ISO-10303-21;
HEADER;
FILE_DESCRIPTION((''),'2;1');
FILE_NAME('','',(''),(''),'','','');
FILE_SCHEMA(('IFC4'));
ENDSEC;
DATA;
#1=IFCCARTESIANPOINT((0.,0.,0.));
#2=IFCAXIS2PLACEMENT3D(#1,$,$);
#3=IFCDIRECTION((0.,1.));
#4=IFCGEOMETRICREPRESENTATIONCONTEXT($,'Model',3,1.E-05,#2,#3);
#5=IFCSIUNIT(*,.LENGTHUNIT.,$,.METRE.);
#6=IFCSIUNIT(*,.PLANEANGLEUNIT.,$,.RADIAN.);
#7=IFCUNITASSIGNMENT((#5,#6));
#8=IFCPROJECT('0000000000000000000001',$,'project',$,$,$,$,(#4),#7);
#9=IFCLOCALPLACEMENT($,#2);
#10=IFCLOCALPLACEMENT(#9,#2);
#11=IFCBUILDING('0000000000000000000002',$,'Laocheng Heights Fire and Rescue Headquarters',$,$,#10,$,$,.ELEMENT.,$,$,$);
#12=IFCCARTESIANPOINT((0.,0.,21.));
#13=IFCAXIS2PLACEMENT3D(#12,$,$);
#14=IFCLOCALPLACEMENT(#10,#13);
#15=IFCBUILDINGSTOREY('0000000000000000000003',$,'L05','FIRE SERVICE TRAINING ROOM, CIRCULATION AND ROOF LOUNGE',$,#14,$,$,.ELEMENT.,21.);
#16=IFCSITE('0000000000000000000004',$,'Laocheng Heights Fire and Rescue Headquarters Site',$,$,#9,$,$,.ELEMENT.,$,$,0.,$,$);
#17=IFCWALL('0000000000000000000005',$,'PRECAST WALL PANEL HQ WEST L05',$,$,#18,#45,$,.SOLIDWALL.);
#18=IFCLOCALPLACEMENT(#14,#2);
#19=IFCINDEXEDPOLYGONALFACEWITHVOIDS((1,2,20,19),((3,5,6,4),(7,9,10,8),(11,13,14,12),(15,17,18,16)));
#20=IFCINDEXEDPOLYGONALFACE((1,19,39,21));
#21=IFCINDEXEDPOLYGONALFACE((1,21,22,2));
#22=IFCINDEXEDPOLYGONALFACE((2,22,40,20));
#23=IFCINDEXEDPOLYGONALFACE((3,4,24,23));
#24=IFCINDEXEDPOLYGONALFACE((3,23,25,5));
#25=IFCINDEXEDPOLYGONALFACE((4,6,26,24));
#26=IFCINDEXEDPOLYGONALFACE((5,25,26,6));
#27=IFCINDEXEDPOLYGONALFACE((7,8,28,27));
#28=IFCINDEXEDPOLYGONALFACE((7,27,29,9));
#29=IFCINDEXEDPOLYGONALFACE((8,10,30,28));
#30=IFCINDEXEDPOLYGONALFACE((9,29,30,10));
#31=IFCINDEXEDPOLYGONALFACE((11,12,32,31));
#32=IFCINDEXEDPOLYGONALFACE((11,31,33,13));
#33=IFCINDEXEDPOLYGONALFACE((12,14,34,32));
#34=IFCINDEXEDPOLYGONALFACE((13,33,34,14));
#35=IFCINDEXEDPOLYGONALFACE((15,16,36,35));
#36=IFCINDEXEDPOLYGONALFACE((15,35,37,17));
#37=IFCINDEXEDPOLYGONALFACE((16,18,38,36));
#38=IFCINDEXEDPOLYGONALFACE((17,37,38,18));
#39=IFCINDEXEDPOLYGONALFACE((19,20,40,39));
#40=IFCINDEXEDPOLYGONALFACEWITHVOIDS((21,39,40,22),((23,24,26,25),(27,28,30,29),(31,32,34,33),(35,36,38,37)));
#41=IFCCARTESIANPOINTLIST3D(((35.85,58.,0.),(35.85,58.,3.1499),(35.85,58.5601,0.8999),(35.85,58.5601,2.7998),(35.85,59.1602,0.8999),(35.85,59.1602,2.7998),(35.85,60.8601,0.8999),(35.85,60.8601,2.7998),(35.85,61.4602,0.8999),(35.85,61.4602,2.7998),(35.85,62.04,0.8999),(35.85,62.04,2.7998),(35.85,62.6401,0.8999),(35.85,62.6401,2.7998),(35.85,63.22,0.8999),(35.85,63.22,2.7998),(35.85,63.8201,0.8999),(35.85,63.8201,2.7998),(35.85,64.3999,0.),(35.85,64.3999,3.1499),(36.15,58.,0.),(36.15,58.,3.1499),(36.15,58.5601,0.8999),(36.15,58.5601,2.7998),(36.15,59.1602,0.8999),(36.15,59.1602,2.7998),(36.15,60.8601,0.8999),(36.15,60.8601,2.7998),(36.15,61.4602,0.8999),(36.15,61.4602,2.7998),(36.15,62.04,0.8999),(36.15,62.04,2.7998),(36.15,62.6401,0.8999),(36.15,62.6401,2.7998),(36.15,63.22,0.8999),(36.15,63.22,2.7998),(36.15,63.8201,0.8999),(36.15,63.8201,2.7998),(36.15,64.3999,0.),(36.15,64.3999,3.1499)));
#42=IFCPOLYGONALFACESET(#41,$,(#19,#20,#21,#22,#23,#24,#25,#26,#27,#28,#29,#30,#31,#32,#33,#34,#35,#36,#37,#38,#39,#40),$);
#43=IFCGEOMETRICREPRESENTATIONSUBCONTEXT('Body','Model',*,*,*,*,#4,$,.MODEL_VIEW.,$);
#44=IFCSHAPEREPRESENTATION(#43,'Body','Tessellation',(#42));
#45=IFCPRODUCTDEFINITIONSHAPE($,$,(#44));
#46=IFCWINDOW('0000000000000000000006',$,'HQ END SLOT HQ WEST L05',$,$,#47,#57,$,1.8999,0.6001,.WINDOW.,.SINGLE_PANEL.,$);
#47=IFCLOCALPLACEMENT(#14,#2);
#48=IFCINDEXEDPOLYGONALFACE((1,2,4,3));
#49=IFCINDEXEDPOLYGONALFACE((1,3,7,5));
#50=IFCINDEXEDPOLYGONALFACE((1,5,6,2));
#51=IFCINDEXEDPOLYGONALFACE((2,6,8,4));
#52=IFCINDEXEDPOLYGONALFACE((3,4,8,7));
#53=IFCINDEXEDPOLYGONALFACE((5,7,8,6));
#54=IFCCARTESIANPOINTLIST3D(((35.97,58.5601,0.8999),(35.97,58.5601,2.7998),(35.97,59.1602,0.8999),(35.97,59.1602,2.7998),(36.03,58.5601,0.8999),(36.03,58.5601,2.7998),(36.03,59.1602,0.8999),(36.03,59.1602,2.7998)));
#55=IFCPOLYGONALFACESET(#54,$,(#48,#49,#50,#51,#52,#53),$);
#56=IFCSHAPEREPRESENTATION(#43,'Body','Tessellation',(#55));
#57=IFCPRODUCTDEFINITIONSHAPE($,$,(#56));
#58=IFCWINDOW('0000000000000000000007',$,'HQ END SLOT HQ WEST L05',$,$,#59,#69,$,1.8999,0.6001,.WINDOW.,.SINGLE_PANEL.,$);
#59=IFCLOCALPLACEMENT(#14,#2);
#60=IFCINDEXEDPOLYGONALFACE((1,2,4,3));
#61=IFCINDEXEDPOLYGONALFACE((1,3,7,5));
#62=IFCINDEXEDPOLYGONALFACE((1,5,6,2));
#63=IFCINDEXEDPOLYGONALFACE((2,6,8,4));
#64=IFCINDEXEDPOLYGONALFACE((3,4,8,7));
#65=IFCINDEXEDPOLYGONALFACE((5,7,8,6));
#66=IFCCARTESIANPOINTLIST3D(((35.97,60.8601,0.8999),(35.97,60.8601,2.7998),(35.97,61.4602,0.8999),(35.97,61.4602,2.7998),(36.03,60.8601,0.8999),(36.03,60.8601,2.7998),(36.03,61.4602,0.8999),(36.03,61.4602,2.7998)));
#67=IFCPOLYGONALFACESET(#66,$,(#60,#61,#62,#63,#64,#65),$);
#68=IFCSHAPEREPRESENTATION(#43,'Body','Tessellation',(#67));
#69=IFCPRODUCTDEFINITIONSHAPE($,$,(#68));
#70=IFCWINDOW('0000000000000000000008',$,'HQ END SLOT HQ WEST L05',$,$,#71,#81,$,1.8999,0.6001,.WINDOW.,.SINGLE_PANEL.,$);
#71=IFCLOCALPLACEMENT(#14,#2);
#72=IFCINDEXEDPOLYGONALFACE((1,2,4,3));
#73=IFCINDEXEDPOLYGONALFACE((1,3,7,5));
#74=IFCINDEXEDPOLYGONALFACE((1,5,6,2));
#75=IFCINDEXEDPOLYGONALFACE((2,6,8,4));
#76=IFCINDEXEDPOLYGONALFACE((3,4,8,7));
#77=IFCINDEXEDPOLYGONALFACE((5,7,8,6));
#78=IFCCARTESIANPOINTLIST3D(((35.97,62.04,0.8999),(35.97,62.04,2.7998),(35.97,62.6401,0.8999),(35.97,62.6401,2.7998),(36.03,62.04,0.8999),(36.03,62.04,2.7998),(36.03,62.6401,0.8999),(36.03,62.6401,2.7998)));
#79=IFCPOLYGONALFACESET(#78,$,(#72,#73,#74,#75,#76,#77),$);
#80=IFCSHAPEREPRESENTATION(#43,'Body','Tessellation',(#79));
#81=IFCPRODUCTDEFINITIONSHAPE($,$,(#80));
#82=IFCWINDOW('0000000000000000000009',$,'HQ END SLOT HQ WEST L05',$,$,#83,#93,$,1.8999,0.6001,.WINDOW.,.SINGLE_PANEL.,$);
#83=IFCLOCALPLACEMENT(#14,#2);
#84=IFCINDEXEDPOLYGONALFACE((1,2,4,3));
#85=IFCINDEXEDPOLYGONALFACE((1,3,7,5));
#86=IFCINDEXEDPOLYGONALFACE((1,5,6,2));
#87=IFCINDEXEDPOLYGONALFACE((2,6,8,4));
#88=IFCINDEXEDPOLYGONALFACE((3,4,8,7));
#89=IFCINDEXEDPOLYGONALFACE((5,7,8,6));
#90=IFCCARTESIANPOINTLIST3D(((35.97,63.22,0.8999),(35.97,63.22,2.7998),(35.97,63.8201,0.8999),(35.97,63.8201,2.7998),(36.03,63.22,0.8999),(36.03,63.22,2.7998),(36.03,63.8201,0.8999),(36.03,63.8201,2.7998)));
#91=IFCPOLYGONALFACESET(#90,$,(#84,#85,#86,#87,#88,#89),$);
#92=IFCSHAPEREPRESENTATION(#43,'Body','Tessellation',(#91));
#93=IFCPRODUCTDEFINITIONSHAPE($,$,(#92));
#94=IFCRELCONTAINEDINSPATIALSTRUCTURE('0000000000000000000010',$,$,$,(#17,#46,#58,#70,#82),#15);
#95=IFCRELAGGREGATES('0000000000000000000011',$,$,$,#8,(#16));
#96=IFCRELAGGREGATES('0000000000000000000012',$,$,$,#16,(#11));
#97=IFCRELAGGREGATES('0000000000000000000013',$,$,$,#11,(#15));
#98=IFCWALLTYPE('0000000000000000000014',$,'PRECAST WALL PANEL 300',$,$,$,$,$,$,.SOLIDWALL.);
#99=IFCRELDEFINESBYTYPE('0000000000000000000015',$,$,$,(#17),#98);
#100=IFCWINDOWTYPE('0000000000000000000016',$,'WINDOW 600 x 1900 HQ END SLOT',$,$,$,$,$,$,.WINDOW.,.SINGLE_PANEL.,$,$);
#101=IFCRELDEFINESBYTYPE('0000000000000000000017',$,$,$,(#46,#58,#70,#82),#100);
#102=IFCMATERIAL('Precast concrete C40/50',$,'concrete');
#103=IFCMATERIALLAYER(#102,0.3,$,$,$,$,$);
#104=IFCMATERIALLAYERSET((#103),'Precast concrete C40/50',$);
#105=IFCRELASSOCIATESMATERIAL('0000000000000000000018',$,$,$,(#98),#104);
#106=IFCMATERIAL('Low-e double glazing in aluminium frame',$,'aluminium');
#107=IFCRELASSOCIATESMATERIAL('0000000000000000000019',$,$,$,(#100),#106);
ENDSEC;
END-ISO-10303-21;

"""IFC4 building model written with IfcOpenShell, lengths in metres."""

from ifc_helpers import new_model, si_unit, direction, frame, frame_2d, origin, place, context, subcontext, project, spatial, rectangle, extrude, material, layer, layer_set, type_object, element, fill, save


model = new_model("IFC4")

# Units and contexts
model_context = context("Model", 3, precision=1e-05, world=origin(), true_north=direction((0.0, 1.0)))
body_context = subcontext(model_context, "Body", "Model", "MODEL_VIEW")
ifc_project = project(units=[si_unit("LENGTHUNIT", "METRE"), si_unit("PLANEANGLEUNIT", "RADIAN")], contexts=[model_context])

# Site, building, storey
site_placement = place(None, origin())
site = spatial("IfcSite", under=ifc_project, at=site_placement, Name="Laocheng Heights Fire and Rescue Headquarters Site", CompositionType="ELEMENT", RefElevation=0.0)
building_placement = place(site_placement, origin())
building = spatial("IfcBuilding", under=site, at=building_placement, Name="Laocheng Heights Fire and Rescue Headquarters", CompositionType="ELEMENT")
storey_placement = place(building_placement, frame((0.0, 0.0, 21.0)))
storey = spatial("IfcBuildingStorey", under=building, at=storey_placement, Name="L05", Description="FIRE SERVICE TRAINING ROOM, CIRCULATION AND ROOF LOUNGE", CompositionType="ELEMENT", Elevation=21.0)

# Wall, openings, windows
ifc_material_1 = material(Name="Precast concrete C40/50", Category="concrete")
ifc_layer_1 = layer(ifc_material_1, 0.3)
ifc_layer_set_1 = layer_set([ifc_layer_1], Name="Precast concrete C40/50")
wall_type_1 = type_object("IfcWallType", Name="PRECAST WALL PANEL 300", PredefinedType="SOLIDWALL", material=ifc_layer_set_1)
ifc_material_2 = material(Name="Low-e double glazing in aluminium frame", Category="aluminium")
window_type = type_object("IfcWindowType", Name="WINDOW 600 x 1900 HQ END SLOT", PartitioningType="SINGLE_PANEL", PredefinedType="WINDOW", material=ifc_material_2)
wall_1_placement = place(storey_placement, frame((36.0, 58.0, 0.0), z_axis=(0.0, 0.0, 1.0), x_axis=(0.0, 1.0, 0.0)))
wall_1 = element("IfcWall", 1, at=wall_1_placement, inside=storey, type_object=wall_type_1, Name="PRECAST WALL PANEL HQ WEST L05", PredefinedType="SOLIDWALL", context=body_context, shape_type="SweptSolid", body=[
    extrude(rectangle(XDim=6.3999, YDim=0.3, at=frame_2d((3.2, 0.0))), origin(), (0.0, 0.0, 1.0), 3.1499),
])
opening_1_placement = place(wall_1_placement, frame((0.5601, 0.0, 0.8999)))
opening_1 = element("IfcOpeningElement", 2, at=opening_1_placement, cuts=wall_1, PredefinedType="OPENING", context=body_context, shape_type="SweptSolid", body=[
    extrude(rectangle(XDim=0.6001, YDim=1.8999, at=frame_2d((0.3, 0.95))), frame((0.0, 0.1599, 0.0), z_axis=(0.0, -1.0, 0.0), x_axis=(1.0, 0.0, 0.0)), (0.0, 0.0, 1.0), 0.3201),
])
opening_2_placement = place(wall_1_placement, frame((2.8601, 0.0, 0.8999)))
opening_2 = element("IfcOpeningElement", 3, at=opening_2_placement, cuts=wall_1, PredefinedType="OPENING", context=body_context, shape_type="SweptSolid", body=[
    extrude(rectangle(XDim=0.6001, YDim=1.8999, at=frame_2d((0.3, 0.95))), frame((0.0, 0.1599, 0.0), z_axis=(0.0, -1.0, 0.0), x_axis=(1.0, 0.0, 0.0)), (0.0, 0.0, 1.0), 0.3201),
])
opening_3_placement = place(wall_1_placement, frame((4.04, 0.0, 0.8999)))
opening_3 = element("IfcOpeningElement", 4, at=opening_3_placement, cuts=wall_1, PredefinedType="OPENING", context=body_context, shape_type="SweptSolid", body=[
    extrude(rectangle(XDim=0.6001, YDim=1.8999, at=frame_2d((0.3, 0.95))), frame((0.0, 0.1599, 0.0), z_axis=(0.0, -1.0, 0.0), x_axis=(1.0, 0.0, 0.0)), (0.0, 0.0, 1.0), 0.3201),
])
opening_4_placement = place(wall_1_placement, frame((5.22, 0.0, 0.8999)))
opening_4 = element("IfcOpeningElement", 5, at=opening_4_placement, cuts=wall_1, PredefinedType="OPENING", context=body_context, shape_type="SweptSolid", body=[
    extrude(rectangle(XDim=0.6001, YDim=1.8999, at=frame_2d((0.3, 0.95))), frame((0.0, 0.1599, 0.0), z_axis=(0.0, -1.0, 0.0), x_axis=(1.0, 0.0, 0.0)), (0.0, 0.0, 1.0), 0.3201),
])
window_1_placement = place(opening_1_placement, origin())
window_1 = element("IfcWindow", 6, at=window_1_placement, inside=storey, type_object=window_type, Name="HQ END SLOT HQ WEST L05", OverallHeight=1.8999, OverallWidth=0.6001, PartitioningType="SINGLE_PANEL", PredefinedType="WINDOW", context=body_context, shape_type="SweptSolid", body=[
    extrude(rectangle(XDim=0.6001, YDim=1.8999, at=frame_2d((0.3, 0.95))), frame((0.0, 0.03, 0.0), z_axis=(0.0, -1.0, 0.0), x_axis=(1.0, 0.0, 0.0)), (0.0, 0.0, 1.0), 0.0601),
])
fill(opening_1, window_1)
window_2_placement = place(opening_2_placement, origin())
window_2 = element("IfcWindow", 7, at=window_2_placement, inside=storey, type_object=window_type, Name="HQ END SLOT HQ WEST L05", OverallHeight=1.8999, OverallWidth=0.6001, PartitioningType="SINGLE_PANEL", PredefinedType="WINDOW", context=body_context, shape_type="SweptSolid", body=[
    extrude(rectangle(XDim=0.6001, YDim=1.8999, at=frame_2d((0.3, 0.95))), frame((0.0, 0.03, 0.0), z_axis=(0.0, -1.0, 0.0), x_axis=(1.0, 0.0, 0.0)), (0.0, 0.0, 1.0), 0.0601),
])
fill(opening_2, window_2)
window_3_placement = place(opening_3_placement, origin())
window_3 = element("IfcWindow", 8, at=window_3_placement, inside=storey, type_object=window_type, Name="HQ END SLOT HQ WEST L05", OverallHeight=1.8999, OverallWidth=0.6001, PartitioningType="SINGLE_PANEL", PredefinedType="WINDOW", context=body_context, shape_type="SweptSolid", body=[
    extrude(rectangle(XDim=0.6001, YDim=1.8999, at=frame_2d((0.3, 0.95))), frame((0.0, 0.03, 0.0), z_axis=(0.0, -1.0, 0.0), x_axis=(1.0, 0.0, 0.0)), (0.0, 0.0, 1.0), 0.0601),
])
fill(opening_3, window_3)
window_4_placement = place(opening_4_placement, origin())
window_4 = element("IfcWindow", 9, at=window_4_placement, inside=storey, type_object=window_type, Name="HQ END SLOT HQ WEST L05", OverallHeight=1.8999, OverallWidth=0.6001, PartitioningType="SINGLE_PANEL", PredefinedType="WINDOW", context=body_context, shape_type="SweptSolid", body=[
    extrude(rectangle(XDim=0.6001, YDim=1.8999, at=frame_2d((0.3, 0.95))), frame((0.0, 0.03, 0.0), z_axis=(0.0, -1.0, 0.0), x_axis=(1.0, 0.0, 0.0)), (0.0, 0.0, 1.0), 0.0601),
])
fill(opening_4, window_4)

save(model, "model.ifc")
